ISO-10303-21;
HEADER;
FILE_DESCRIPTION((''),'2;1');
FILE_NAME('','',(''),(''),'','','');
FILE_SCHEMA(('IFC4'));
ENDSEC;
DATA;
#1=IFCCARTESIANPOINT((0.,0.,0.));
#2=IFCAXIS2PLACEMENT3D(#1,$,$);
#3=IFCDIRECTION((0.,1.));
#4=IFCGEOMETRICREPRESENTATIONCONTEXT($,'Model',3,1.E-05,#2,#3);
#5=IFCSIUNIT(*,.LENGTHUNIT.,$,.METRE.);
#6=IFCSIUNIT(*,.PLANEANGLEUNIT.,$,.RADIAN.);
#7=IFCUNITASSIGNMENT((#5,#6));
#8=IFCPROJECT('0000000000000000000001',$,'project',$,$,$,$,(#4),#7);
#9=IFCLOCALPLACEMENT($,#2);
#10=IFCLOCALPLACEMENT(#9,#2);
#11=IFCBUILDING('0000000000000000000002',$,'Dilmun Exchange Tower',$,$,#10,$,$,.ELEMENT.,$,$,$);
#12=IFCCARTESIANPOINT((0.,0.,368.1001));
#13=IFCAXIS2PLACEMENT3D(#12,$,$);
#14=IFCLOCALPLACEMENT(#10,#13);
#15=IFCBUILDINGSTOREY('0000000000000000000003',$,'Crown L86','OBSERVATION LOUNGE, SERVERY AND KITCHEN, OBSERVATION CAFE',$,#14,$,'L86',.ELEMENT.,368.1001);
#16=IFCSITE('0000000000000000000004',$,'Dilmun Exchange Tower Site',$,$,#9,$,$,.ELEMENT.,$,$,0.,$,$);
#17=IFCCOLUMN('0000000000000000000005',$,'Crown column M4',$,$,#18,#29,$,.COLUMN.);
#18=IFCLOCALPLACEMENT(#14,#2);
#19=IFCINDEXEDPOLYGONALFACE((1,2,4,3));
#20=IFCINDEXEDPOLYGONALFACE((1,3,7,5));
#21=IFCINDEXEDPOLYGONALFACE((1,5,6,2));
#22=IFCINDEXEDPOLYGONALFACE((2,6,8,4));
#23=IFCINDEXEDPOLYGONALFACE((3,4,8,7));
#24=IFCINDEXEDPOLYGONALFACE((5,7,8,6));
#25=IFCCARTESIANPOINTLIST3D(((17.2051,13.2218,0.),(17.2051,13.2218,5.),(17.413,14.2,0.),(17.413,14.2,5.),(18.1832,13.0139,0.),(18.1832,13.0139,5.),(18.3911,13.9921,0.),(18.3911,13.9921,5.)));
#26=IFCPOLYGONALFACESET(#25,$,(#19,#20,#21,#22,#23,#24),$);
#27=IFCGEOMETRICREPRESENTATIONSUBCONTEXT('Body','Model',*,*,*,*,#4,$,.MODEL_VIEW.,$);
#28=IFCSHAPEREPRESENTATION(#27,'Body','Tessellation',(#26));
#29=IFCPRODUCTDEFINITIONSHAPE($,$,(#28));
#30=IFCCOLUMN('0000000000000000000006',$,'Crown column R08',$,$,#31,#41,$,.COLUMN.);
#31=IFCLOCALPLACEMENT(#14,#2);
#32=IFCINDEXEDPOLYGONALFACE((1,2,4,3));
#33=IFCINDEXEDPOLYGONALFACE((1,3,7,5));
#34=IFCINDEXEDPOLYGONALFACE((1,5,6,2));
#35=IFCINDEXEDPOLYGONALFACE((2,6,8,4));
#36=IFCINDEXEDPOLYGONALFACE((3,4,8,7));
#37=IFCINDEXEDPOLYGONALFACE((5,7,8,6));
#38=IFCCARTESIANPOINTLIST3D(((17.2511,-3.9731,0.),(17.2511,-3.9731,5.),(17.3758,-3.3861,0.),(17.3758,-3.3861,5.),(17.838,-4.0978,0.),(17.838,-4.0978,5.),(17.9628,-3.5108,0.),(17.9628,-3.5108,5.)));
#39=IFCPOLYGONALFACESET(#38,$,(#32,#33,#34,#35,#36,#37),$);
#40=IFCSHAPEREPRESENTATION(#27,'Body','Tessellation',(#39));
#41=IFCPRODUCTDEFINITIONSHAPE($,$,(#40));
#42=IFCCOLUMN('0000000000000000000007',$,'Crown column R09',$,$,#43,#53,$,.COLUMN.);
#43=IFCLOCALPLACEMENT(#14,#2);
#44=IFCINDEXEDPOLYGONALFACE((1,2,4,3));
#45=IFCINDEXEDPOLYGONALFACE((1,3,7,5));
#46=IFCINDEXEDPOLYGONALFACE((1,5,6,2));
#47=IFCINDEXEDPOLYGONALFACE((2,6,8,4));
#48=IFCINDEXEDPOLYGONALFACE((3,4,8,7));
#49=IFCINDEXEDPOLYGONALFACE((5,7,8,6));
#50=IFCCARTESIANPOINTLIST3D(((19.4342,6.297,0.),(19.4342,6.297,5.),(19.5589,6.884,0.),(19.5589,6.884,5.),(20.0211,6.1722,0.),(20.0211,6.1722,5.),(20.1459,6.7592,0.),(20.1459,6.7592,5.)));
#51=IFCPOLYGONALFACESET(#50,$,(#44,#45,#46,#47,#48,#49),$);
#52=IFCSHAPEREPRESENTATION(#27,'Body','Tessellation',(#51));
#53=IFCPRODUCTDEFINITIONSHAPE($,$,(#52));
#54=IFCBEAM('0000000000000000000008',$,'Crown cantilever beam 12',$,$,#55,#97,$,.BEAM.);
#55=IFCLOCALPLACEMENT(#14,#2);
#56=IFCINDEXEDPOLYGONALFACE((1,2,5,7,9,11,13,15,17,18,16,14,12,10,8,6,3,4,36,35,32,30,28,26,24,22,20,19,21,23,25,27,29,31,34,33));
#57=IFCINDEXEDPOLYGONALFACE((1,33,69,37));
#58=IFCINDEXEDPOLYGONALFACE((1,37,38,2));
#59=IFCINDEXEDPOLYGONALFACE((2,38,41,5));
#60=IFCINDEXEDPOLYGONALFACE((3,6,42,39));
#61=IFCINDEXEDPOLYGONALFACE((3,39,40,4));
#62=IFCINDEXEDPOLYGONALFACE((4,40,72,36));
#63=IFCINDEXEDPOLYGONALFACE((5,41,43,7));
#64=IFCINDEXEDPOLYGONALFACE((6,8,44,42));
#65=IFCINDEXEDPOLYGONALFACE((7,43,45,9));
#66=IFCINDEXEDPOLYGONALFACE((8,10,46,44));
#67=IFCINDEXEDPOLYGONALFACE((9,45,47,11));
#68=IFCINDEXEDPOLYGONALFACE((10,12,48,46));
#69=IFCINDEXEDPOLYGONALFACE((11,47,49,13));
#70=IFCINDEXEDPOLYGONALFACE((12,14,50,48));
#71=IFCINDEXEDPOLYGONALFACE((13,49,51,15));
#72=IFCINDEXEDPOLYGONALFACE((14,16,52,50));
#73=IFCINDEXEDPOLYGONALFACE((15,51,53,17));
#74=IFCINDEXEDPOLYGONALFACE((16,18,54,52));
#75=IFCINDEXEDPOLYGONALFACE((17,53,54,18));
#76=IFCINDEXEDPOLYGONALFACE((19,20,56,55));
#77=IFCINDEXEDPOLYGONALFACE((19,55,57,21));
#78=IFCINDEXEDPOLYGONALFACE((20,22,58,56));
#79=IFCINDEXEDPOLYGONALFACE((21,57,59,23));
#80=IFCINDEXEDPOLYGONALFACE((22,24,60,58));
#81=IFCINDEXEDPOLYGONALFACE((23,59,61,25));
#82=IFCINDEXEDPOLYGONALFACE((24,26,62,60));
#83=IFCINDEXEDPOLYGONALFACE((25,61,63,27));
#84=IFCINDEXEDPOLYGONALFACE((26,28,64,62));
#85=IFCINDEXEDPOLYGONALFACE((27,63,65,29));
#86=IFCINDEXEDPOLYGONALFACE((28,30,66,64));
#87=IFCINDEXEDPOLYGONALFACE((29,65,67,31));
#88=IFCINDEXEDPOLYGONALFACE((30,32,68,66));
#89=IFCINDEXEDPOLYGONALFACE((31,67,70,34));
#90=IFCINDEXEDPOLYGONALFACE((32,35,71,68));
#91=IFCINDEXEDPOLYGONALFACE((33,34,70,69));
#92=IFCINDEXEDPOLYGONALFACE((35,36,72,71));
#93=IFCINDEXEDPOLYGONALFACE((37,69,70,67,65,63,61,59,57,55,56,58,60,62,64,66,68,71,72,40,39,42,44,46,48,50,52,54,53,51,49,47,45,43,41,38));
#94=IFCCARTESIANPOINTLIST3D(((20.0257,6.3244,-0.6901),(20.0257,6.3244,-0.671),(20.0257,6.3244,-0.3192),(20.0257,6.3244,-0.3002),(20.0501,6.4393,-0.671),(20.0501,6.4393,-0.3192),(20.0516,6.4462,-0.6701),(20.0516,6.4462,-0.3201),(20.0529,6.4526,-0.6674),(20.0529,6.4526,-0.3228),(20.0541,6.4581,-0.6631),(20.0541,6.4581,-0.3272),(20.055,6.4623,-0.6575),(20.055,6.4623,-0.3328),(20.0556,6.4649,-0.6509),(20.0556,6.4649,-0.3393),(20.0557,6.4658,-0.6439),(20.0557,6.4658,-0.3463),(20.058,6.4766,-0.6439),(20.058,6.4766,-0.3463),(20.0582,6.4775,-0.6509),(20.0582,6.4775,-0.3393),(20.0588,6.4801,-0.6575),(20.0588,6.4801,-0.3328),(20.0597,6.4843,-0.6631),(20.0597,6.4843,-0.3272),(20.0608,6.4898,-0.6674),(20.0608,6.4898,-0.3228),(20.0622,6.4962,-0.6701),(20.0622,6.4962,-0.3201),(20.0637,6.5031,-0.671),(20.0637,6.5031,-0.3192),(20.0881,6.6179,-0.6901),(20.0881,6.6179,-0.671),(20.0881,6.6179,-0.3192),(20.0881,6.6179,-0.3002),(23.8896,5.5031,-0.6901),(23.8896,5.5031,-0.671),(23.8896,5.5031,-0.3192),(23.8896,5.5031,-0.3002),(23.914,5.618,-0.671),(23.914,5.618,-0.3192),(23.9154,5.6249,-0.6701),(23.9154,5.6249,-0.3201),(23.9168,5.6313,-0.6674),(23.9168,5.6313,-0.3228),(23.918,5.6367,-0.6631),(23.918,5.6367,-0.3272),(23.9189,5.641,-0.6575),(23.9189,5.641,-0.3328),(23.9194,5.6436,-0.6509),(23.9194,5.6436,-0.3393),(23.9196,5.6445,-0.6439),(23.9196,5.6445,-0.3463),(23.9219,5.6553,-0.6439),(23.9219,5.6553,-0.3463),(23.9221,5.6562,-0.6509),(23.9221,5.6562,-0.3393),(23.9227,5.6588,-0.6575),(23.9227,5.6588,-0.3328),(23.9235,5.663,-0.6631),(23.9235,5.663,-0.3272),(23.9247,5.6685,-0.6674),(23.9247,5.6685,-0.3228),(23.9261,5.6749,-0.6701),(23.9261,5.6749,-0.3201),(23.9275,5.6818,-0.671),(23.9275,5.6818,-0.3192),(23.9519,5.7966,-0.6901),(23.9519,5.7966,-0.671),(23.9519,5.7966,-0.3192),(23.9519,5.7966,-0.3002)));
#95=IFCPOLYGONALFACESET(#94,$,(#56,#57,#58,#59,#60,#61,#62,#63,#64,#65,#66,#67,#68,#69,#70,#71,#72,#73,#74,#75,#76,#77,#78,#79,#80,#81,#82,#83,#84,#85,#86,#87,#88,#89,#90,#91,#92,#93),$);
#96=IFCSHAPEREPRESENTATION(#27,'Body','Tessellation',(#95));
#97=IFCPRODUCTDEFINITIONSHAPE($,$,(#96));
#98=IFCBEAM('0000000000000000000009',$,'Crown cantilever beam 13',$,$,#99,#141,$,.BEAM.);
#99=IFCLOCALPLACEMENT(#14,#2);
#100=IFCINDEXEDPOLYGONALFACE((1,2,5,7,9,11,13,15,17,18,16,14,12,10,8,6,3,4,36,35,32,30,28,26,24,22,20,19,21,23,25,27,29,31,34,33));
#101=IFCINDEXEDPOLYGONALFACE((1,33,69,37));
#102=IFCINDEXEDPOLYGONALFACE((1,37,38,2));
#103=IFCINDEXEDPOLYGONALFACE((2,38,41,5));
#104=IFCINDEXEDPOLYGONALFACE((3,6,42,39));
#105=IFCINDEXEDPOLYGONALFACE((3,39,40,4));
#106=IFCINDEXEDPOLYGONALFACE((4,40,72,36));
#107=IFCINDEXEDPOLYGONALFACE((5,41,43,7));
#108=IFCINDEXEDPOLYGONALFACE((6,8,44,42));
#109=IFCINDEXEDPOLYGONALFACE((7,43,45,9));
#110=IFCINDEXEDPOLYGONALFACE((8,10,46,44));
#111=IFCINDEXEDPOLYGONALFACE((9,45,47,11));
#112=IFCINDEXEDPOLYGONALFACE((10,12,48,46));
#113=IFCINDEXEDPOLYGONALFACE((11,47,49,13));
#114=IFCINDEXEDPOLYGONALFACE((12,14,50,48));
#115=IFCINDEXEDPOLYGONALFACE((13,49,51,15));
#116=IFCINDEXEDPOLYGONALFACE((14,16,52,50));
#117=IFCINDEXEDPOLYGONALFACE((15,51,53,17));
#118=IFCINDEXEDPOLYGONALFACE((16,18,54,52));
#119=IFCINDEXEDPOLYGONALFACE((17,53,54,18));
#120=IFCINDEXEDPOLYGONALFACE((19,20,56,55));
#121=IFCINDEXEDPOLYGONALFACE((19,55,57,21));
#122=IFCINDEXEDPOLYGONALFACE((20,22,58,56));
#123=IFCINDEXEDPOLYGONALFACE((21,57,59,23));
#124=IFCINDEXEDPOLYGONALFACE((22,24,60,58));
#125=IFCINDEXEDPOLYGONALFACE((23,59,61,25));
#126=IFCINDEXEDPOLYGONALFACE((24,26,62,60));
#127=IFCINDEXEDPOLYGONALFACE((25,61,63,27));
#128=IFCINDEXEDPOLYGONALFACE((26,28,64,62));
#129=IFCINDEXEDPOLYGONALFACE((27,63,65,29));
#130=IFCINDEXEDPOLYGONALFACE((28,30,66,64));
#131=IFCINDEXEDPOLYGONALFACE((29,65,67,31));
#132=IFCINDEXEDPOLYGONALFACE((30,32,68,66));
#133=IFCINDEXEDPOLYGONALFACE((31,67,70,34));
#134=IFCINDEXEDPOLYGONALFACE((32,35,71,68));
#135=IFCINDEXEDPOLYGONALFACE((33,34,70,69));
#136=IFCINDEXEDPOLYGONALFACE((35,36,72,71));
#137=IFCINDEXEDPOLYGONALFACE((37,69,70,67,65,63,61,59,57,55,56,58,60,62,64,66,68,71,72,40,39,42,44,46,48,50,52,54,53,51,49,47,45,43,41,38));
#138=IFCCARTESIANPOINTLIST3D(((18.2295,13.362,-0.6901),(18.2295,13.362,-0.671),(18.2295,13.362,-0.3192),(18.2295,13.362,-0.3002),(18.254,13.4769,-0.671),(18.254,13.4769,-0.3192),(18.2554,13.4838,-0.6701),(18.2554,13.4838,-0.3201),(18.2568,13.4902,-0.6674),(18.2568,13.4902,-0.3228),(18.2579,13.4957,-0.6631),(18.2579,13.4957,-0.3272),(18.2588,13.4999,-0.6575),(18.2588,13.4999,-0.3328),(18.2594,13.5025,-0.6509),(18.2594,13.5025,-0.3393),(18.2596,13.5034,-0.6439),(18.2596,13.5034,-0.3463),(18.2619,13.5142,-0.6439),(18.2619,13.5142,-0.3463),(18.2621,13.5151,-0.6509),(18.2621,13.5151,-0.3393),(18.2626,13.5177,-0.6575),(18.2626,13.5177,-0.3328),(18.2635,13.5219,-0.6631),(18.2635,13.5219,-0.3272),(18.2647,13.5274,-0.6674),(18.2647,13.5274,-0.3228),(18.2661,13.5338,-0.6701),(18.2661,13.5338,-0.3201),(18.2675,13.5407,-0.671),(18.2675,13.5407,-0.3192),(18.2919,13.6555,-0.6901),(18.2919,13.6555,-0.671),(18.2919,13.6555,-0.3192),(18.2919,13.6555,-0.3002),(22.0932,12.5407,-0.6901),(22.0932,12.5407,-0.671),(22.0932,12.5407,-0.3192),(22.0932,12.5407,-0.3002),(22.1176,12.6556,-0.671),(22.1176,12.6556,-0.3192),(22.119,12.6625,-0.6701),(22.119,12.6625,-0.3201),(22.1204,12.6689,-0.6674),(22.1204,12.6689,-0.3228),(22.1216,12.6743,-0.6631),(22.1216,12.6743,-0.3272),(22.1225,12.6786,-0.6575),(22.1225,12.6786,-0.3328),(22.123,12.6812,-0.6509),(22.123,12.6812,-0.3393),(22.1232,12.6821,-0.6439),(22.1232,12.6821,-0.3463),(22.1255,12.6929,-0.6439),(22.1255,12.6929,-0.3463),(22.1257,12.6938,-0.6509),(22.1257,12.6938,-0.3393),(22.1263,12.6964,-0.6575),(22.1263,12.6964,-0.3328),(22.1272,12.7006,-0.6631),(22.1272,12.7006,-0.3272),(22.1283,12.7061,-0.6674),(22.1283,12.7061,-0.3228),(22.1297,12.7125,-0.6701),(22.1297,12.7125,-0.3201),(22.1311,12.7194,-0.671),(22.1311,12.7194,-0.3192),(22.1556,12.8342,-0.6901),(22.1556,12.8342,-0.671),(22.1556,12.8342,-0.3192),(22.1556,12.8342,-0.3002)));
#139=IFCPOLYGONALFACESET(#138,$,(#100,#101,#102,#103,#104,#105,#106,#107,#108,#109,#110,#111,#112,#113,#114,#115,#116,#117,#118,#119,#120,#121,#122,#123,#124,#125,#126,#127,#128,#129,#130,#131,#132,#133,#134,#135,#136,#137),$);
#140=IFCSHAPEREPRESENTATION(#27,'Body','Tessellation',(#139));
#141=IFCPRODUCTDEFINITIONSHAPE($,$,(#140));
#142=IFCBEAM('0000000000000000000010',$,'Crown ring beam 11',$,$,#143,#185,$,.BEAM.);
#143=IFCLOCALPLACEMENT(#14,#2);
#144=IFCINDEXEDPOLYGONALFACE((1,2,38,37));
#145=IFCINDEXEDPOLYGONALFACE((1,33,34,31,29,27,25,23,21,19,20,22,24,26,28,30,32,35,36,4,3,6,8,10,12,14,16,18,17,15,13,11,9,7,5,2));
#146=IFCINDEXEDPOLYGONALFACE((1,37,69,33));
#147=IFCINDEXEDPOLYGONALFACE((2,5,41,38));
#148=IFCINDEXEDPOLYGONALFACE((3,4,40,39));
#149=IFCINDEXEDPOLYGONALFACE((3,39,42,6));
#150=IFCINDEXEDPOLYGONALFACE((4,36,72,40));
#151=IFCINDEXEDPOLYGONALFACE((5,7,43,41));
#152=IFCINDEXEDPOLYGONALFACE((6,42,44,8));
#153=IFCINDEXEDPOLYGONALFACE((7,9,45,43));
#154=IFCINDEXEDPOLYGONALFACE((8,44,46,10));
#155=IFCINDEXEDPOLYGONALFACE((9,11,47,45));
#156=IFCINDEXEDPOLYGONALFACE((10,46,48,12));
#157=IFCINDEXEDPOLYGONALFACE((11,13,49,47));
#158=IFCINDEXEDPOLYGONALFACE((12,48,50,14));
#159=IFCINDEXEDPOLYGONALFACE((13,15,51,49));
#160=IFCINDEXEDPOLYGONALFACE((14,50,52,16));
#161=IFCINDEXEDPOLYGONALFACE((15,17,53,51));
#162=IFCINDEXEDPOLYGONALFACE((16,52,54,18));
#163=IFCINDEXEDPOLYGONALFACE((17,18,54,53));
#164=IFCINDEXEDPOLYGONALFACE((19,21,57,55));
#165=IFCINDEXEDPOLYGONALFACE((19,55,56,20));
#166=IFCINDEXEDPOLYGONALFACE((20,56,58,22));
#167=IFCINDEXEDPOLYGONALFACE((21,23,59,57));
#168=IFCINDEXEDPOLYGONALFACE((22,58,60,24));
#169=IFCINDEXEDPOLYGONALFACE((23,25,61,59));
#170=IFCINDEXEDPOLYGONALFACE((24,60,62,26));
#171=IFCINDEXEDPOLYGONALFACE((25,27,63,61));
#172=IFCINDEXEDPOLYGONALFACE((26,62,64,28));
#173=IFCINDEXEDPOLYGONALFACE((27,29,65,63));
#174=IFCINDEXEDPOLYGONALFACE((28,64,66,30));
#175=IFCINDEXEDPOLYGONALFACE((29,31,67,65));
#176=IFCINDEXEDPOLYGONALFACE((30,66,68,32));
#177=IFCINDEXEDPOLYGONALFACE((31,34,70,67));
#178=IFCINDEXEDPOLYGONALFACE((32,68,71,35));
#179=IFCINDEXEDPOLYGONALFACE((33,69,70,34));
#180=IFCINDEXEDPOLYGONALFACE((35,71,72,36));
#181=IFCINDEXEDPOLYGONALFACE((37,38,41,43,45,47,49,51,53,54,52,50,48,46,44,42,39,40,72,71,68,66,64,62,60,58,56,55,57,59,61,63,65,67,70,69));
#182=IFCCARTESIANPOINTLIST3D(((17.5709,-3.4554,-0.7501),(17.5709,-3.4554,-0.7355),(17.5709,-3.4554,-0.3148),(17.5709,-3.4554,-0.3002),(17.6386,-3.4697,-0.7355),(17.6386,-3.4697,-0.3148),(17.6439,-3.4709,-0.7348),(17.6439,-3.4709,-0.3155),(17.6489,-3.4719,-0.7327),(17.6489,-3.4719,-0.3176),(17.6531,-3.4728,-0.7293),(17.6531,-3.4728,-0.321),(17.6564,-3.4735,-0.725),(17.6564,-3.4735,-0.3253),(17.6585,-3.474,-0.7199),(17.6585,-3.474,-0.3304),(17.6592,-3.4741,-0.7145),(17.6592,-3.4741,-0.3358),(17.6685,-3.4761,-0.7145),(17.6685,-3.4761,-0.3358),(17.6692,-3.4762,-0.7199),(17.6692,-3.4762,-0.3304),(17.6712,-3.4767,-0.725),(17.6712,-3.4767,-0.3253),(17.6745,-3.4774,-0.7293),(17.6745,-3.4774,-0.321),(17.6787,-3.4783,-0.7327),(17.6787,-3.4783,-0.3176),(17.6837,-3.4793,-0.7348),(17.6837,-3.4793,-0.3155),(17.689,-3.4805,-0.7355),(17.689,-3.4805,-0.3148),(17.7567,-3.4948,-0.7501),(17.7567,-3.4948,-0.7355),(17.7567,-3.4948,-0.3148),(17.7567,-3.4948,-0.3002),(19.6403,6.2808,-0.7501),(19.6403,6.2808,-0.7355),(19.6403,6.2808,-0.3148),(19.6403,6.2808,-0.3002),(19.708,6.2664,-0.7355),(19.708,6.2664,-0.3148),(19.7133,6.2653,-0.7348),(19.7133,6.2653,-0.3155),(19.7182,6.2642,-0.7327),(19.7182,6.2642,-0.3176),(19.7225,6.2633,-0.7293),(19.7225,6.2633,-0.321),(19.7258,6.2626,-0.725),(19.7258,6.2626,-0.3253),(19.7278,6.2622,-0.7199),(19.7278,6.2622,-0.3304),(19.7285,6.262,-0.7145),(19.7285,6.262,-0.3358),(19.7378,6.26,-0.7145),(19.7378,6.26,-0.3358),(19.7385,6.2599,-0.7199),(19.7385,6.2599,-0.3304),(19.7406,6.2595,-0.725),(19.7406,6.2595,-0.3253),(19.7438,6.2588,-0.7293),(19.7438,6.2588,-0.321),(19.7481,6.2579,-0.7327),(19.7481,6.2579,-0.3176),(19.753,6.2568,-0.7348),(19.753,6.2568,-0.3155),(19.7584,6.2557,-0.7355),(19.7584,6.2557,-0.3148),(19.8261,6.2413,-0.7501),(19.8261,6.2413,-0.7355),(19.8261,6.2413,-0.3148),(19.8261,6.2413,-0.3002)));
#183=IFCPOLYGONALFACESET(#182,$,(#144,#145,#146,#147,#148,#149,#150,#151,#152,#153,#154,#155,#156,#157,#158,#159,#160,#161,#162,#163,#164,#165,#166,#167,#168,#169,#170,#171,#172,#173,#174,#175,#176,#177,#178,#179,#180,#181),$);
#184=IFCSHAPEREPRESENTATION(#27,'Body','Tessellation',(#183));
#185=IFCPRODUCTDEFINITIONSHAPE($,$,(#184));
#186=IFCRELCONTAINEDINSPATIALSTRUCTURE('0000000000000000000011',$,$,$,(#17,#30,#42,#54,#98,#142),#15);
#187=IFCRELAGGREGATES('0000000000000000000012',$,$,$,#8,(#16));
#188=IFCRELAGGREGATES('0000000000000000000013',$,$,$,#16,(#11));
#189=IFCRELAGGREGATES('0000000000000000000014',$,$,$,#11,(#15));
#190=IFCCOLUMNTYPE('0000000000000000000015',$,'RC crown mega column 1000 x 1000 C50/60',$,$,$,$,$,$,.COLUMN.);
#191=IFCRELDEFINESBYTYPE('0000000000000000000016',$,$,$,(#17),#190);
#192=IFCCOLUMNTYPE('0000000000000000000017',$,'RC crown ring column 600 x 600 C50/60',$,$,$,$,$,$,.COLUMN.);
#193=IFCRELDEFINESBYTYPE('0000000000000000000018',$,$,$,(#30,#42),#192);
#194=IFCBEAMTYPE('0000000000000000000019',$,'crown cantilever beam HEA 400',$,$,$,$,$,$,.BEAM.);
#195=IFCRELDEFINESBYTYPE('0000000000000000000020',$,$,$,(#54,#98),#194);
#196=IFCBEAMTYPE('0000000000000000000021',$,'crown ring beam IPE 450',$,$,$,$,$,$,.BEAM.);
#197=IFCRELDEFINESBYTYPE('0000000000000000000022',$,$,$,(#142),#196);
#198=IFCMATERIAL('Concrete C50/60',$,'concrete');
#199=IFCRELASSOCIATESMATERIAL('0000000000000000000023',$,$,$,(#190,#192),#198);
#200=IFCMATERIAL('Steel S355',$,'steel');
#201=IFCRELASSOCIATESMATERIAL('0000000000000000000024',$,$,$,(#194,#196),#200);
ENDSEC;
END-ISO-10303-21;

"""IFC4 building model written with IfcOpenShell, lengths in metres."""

from ifc_helpers import new_model, si_unit, direction, frame, origin, origin_2d, place, context, subcontext, project, spatial, rectangle, i_section, extrude, material, material_profile, profile_set, type_object, element, save


model = new_model("IFC4")

# Units and contexts
model_context = context("Model", 3, precision=1e-05, world=origin(), true_north=direction((0.0, 1.0)))
body_context = subcontext(model_context, "Body", "Model", "MODEL_VIEW")
ifc_project = project(units=[si_unit("LENGTHUNIT", "METRE"), si_unit("PLANEANGLEUNIT", "RADIAN")], contexts=[model_context])

# Site, building, storey
site_placement = place(None, origin())
site = spatial("IfcSite", under=ifc_project, at=site_placement, Name="Dilmun Exchange Tower Site", CompositionType="ELEMENT", RefElevation=0.0)
building_placement = place(site_placement, origin())
building = spatial("IfcBuilding", under=site, at=building_placement, Name="Dilmun Exchange Tower", CompositionType="ELEMENT")
storey_placement = place(building_placement, frame((0.0, 0.0, 368.1001)))
storey = spatial("IfcBuildingStorey", under=building, at=storey_placement, Name="Crown L86", Description="OBSERVATION LOUNGE, SERVERY AND KITCHEN, OBSERVATION CAFE", LongName="L86", CompositionType="ELEMENT", Elevation=368.1001)

# Columns
ifc_material_1 = material(Name="Concrete C50/60", Category="concrete")
ifc_material_profile_1 = material_profile(ifc_material_1, rectangle(XDim=1.0, YDim=1.0, at=origin_2d()), Name="1000 x 1000")
ifc_profile_set_1 = profile_set([ifc_material_profile_1], Name="Concrete C50/60")
column_type_1 = type_object("IfcColumnType", Name="RC crown mega column 1000 x 1000 C50/60", PredefinedType="COLUMN", material=ifc_profile_set_1)
column_placement = place(storey_placement, frame((17.7981, 13.6069, 0.0), z_axis=(0.0, 0.0, 1.0), x_axis=(0.207912, 0.978148, 0.0)))
element("IfcColumn", 1, at=column_placement, inside=storey, type_object=column_type_1, Name="Crown column M4", PredefinedType="COLUMN", context=body_context, shape_type="SweptSolid", body=[
    extrude(rectangle(XDim=1.0, YDim=1.0, at=origin_2d()), origin(), (0.0, 0.0, 1.0), 5.0),
])
ifc_material_profile_2 = material_profile(ifc_material_1, rectangle(XDim=0.6001, YDim=0.6001, at=origin_2d()), Name="600 x 600")
ifc_profile_set_2 = profile_set([ifc_material_profile_2], Name="Concrete C50/60")
column_type_2 = type_object("IfcColumnType", Name="RC crown ring column 600 x 600 C50/60", PredefinedType="COLUMN", material=ifc_profile_set_2)
for number, where, z_axis, x_axis, name in (
    (2, (17.6069, -3.7419, 0.0), (0.0, 0.0, 1.0), (0.207912, 0.978148, 0.0), "Crown column R08"),
    (3, (19.79, 6.5281, 0.0), (0.0, 0.0, 1.0), (0.207912, 0.978148, 0.0), "Crown column R09"),
):
    element("IfcColumn", number, at=place(storey_placement, frame(where, z_axis=z_axis, x_axis=x_axis)), inside=storey, type_object=column_type_2, Name=name, PredefinedType="COLUMN", context=body_context, shape_type="SweptSolid", body=[
        extrude(rectangle(XDim=0.6001, YDim=0.6001, at=origin_2d()), origin(), (0.0, 0.0, 1.0), 5.0),
    ])

# Beams
ifc_material_2 = material(Name="Steel S355", Category="steel")
ifc_material_profile_3 = material_profile(ifc_material_2, i_section(OverallWidth=0.3, OverallDepth=0.3899, WebThickness=0.011, FlangeThickness=0.019, FilletRadius=0.0271, at=origin_2d()), Name="HEA 400")
ifc_profile_set_3 = profile_set([ifc_material_profile_3], Name="Steel S355")
beam_type_1 = type_object("IfcBeamType", Name="crown cantilever beam HEA 400", PredefinedType="BEAM", material=ifc_profile_set_3)
beam_1_placement = place(storey_placement, frame((20.0569, 6.4712, -0.4951), z_axis=(0.978147, -0.207916, 0.0), x_axis=(0.207916, 0.978147, 0.0)))
element("IfcBeam", 4, at=beam_1_placement, inside=storey, type_object=beam_type_1, Name="Crown cantilever beam 12", PredefinedType="BEAM", context=body_context, shape_type="SweptSolid", body=[
    extrude(i_section(OverallWidth=0.3, OverallDepth=0.3899, WebThickness=0.011, FlangeThickness=0.019, FilletRadius=0.0271, at=origin_2d()), origin(), (0.0, 0.0, 1.0), 3.9502),
])
beam_2_placement = place(storey_placement, frame((18.2607, 13.5088, -0.4951), z_axis=(0.978144, -0.207929, 0.0), x_axis=(0.207929, 0.978144, 0.0)))
element("IfcBeam", 5, at=beam_2_placement, inside=storey, type_object=beam_type_1, Name="Crown cantilever beam 13", PredefinedType="BEAM", context=body_context, shape_type="SweptSolid", body=[
    extrude(i_section(OverallWidth=0.3, OverallDepth=0.3899, WebThickness=0.011, FlangeThickness=0.019, FilletRadius=0.0271, at=origin_2d()), origin(), (0.0, 0.0, 1.0), 3.95),
])
ifc_material_profile_4 = material_profile(ifc_material_2, i_section(OverallWidth=0.1899, OverallDepth=0.45, WebThickness=0.0095, FlangeThickness=0.0146, FilletRadius=0.021, at=origin_2d()), Name="IPE 450")
ifc_profile_set_4 = profile_set([ifc_material_profile_4], Name="Steel S355")
beam_type_2 = type_object("IfcBeamType", Name="crown ring beam IPE 450", PredefinedType="BEAM", material=ifc_profile_set_4)
beam_3_placement = place(storey_placement, frame((17.6638, -3.4751, -0.5251), z_axis=(0.207899, 0.97815, 0.0), x_axis=(-0.97815, 0.207899, 0.0)))
element("IfcBeam", 6, at=beam_3_placement, inside=storey, type_object=beam_type_2, Name="Crown ring beam 11", PredefinedType="BEAM", context=body_context, shape_type="SweptSolid", body=[
    extrude(i_section(OverallWidth=0.1899, OverallDepth=0.45, WebThickness=0.0095, FlangeThickness=0.0146, FilletRadius=0.021, at=origin_2d()), origin(), (0.0, 0.0, 1.0), 9.9536),
])

save(model, "model.ifc")
